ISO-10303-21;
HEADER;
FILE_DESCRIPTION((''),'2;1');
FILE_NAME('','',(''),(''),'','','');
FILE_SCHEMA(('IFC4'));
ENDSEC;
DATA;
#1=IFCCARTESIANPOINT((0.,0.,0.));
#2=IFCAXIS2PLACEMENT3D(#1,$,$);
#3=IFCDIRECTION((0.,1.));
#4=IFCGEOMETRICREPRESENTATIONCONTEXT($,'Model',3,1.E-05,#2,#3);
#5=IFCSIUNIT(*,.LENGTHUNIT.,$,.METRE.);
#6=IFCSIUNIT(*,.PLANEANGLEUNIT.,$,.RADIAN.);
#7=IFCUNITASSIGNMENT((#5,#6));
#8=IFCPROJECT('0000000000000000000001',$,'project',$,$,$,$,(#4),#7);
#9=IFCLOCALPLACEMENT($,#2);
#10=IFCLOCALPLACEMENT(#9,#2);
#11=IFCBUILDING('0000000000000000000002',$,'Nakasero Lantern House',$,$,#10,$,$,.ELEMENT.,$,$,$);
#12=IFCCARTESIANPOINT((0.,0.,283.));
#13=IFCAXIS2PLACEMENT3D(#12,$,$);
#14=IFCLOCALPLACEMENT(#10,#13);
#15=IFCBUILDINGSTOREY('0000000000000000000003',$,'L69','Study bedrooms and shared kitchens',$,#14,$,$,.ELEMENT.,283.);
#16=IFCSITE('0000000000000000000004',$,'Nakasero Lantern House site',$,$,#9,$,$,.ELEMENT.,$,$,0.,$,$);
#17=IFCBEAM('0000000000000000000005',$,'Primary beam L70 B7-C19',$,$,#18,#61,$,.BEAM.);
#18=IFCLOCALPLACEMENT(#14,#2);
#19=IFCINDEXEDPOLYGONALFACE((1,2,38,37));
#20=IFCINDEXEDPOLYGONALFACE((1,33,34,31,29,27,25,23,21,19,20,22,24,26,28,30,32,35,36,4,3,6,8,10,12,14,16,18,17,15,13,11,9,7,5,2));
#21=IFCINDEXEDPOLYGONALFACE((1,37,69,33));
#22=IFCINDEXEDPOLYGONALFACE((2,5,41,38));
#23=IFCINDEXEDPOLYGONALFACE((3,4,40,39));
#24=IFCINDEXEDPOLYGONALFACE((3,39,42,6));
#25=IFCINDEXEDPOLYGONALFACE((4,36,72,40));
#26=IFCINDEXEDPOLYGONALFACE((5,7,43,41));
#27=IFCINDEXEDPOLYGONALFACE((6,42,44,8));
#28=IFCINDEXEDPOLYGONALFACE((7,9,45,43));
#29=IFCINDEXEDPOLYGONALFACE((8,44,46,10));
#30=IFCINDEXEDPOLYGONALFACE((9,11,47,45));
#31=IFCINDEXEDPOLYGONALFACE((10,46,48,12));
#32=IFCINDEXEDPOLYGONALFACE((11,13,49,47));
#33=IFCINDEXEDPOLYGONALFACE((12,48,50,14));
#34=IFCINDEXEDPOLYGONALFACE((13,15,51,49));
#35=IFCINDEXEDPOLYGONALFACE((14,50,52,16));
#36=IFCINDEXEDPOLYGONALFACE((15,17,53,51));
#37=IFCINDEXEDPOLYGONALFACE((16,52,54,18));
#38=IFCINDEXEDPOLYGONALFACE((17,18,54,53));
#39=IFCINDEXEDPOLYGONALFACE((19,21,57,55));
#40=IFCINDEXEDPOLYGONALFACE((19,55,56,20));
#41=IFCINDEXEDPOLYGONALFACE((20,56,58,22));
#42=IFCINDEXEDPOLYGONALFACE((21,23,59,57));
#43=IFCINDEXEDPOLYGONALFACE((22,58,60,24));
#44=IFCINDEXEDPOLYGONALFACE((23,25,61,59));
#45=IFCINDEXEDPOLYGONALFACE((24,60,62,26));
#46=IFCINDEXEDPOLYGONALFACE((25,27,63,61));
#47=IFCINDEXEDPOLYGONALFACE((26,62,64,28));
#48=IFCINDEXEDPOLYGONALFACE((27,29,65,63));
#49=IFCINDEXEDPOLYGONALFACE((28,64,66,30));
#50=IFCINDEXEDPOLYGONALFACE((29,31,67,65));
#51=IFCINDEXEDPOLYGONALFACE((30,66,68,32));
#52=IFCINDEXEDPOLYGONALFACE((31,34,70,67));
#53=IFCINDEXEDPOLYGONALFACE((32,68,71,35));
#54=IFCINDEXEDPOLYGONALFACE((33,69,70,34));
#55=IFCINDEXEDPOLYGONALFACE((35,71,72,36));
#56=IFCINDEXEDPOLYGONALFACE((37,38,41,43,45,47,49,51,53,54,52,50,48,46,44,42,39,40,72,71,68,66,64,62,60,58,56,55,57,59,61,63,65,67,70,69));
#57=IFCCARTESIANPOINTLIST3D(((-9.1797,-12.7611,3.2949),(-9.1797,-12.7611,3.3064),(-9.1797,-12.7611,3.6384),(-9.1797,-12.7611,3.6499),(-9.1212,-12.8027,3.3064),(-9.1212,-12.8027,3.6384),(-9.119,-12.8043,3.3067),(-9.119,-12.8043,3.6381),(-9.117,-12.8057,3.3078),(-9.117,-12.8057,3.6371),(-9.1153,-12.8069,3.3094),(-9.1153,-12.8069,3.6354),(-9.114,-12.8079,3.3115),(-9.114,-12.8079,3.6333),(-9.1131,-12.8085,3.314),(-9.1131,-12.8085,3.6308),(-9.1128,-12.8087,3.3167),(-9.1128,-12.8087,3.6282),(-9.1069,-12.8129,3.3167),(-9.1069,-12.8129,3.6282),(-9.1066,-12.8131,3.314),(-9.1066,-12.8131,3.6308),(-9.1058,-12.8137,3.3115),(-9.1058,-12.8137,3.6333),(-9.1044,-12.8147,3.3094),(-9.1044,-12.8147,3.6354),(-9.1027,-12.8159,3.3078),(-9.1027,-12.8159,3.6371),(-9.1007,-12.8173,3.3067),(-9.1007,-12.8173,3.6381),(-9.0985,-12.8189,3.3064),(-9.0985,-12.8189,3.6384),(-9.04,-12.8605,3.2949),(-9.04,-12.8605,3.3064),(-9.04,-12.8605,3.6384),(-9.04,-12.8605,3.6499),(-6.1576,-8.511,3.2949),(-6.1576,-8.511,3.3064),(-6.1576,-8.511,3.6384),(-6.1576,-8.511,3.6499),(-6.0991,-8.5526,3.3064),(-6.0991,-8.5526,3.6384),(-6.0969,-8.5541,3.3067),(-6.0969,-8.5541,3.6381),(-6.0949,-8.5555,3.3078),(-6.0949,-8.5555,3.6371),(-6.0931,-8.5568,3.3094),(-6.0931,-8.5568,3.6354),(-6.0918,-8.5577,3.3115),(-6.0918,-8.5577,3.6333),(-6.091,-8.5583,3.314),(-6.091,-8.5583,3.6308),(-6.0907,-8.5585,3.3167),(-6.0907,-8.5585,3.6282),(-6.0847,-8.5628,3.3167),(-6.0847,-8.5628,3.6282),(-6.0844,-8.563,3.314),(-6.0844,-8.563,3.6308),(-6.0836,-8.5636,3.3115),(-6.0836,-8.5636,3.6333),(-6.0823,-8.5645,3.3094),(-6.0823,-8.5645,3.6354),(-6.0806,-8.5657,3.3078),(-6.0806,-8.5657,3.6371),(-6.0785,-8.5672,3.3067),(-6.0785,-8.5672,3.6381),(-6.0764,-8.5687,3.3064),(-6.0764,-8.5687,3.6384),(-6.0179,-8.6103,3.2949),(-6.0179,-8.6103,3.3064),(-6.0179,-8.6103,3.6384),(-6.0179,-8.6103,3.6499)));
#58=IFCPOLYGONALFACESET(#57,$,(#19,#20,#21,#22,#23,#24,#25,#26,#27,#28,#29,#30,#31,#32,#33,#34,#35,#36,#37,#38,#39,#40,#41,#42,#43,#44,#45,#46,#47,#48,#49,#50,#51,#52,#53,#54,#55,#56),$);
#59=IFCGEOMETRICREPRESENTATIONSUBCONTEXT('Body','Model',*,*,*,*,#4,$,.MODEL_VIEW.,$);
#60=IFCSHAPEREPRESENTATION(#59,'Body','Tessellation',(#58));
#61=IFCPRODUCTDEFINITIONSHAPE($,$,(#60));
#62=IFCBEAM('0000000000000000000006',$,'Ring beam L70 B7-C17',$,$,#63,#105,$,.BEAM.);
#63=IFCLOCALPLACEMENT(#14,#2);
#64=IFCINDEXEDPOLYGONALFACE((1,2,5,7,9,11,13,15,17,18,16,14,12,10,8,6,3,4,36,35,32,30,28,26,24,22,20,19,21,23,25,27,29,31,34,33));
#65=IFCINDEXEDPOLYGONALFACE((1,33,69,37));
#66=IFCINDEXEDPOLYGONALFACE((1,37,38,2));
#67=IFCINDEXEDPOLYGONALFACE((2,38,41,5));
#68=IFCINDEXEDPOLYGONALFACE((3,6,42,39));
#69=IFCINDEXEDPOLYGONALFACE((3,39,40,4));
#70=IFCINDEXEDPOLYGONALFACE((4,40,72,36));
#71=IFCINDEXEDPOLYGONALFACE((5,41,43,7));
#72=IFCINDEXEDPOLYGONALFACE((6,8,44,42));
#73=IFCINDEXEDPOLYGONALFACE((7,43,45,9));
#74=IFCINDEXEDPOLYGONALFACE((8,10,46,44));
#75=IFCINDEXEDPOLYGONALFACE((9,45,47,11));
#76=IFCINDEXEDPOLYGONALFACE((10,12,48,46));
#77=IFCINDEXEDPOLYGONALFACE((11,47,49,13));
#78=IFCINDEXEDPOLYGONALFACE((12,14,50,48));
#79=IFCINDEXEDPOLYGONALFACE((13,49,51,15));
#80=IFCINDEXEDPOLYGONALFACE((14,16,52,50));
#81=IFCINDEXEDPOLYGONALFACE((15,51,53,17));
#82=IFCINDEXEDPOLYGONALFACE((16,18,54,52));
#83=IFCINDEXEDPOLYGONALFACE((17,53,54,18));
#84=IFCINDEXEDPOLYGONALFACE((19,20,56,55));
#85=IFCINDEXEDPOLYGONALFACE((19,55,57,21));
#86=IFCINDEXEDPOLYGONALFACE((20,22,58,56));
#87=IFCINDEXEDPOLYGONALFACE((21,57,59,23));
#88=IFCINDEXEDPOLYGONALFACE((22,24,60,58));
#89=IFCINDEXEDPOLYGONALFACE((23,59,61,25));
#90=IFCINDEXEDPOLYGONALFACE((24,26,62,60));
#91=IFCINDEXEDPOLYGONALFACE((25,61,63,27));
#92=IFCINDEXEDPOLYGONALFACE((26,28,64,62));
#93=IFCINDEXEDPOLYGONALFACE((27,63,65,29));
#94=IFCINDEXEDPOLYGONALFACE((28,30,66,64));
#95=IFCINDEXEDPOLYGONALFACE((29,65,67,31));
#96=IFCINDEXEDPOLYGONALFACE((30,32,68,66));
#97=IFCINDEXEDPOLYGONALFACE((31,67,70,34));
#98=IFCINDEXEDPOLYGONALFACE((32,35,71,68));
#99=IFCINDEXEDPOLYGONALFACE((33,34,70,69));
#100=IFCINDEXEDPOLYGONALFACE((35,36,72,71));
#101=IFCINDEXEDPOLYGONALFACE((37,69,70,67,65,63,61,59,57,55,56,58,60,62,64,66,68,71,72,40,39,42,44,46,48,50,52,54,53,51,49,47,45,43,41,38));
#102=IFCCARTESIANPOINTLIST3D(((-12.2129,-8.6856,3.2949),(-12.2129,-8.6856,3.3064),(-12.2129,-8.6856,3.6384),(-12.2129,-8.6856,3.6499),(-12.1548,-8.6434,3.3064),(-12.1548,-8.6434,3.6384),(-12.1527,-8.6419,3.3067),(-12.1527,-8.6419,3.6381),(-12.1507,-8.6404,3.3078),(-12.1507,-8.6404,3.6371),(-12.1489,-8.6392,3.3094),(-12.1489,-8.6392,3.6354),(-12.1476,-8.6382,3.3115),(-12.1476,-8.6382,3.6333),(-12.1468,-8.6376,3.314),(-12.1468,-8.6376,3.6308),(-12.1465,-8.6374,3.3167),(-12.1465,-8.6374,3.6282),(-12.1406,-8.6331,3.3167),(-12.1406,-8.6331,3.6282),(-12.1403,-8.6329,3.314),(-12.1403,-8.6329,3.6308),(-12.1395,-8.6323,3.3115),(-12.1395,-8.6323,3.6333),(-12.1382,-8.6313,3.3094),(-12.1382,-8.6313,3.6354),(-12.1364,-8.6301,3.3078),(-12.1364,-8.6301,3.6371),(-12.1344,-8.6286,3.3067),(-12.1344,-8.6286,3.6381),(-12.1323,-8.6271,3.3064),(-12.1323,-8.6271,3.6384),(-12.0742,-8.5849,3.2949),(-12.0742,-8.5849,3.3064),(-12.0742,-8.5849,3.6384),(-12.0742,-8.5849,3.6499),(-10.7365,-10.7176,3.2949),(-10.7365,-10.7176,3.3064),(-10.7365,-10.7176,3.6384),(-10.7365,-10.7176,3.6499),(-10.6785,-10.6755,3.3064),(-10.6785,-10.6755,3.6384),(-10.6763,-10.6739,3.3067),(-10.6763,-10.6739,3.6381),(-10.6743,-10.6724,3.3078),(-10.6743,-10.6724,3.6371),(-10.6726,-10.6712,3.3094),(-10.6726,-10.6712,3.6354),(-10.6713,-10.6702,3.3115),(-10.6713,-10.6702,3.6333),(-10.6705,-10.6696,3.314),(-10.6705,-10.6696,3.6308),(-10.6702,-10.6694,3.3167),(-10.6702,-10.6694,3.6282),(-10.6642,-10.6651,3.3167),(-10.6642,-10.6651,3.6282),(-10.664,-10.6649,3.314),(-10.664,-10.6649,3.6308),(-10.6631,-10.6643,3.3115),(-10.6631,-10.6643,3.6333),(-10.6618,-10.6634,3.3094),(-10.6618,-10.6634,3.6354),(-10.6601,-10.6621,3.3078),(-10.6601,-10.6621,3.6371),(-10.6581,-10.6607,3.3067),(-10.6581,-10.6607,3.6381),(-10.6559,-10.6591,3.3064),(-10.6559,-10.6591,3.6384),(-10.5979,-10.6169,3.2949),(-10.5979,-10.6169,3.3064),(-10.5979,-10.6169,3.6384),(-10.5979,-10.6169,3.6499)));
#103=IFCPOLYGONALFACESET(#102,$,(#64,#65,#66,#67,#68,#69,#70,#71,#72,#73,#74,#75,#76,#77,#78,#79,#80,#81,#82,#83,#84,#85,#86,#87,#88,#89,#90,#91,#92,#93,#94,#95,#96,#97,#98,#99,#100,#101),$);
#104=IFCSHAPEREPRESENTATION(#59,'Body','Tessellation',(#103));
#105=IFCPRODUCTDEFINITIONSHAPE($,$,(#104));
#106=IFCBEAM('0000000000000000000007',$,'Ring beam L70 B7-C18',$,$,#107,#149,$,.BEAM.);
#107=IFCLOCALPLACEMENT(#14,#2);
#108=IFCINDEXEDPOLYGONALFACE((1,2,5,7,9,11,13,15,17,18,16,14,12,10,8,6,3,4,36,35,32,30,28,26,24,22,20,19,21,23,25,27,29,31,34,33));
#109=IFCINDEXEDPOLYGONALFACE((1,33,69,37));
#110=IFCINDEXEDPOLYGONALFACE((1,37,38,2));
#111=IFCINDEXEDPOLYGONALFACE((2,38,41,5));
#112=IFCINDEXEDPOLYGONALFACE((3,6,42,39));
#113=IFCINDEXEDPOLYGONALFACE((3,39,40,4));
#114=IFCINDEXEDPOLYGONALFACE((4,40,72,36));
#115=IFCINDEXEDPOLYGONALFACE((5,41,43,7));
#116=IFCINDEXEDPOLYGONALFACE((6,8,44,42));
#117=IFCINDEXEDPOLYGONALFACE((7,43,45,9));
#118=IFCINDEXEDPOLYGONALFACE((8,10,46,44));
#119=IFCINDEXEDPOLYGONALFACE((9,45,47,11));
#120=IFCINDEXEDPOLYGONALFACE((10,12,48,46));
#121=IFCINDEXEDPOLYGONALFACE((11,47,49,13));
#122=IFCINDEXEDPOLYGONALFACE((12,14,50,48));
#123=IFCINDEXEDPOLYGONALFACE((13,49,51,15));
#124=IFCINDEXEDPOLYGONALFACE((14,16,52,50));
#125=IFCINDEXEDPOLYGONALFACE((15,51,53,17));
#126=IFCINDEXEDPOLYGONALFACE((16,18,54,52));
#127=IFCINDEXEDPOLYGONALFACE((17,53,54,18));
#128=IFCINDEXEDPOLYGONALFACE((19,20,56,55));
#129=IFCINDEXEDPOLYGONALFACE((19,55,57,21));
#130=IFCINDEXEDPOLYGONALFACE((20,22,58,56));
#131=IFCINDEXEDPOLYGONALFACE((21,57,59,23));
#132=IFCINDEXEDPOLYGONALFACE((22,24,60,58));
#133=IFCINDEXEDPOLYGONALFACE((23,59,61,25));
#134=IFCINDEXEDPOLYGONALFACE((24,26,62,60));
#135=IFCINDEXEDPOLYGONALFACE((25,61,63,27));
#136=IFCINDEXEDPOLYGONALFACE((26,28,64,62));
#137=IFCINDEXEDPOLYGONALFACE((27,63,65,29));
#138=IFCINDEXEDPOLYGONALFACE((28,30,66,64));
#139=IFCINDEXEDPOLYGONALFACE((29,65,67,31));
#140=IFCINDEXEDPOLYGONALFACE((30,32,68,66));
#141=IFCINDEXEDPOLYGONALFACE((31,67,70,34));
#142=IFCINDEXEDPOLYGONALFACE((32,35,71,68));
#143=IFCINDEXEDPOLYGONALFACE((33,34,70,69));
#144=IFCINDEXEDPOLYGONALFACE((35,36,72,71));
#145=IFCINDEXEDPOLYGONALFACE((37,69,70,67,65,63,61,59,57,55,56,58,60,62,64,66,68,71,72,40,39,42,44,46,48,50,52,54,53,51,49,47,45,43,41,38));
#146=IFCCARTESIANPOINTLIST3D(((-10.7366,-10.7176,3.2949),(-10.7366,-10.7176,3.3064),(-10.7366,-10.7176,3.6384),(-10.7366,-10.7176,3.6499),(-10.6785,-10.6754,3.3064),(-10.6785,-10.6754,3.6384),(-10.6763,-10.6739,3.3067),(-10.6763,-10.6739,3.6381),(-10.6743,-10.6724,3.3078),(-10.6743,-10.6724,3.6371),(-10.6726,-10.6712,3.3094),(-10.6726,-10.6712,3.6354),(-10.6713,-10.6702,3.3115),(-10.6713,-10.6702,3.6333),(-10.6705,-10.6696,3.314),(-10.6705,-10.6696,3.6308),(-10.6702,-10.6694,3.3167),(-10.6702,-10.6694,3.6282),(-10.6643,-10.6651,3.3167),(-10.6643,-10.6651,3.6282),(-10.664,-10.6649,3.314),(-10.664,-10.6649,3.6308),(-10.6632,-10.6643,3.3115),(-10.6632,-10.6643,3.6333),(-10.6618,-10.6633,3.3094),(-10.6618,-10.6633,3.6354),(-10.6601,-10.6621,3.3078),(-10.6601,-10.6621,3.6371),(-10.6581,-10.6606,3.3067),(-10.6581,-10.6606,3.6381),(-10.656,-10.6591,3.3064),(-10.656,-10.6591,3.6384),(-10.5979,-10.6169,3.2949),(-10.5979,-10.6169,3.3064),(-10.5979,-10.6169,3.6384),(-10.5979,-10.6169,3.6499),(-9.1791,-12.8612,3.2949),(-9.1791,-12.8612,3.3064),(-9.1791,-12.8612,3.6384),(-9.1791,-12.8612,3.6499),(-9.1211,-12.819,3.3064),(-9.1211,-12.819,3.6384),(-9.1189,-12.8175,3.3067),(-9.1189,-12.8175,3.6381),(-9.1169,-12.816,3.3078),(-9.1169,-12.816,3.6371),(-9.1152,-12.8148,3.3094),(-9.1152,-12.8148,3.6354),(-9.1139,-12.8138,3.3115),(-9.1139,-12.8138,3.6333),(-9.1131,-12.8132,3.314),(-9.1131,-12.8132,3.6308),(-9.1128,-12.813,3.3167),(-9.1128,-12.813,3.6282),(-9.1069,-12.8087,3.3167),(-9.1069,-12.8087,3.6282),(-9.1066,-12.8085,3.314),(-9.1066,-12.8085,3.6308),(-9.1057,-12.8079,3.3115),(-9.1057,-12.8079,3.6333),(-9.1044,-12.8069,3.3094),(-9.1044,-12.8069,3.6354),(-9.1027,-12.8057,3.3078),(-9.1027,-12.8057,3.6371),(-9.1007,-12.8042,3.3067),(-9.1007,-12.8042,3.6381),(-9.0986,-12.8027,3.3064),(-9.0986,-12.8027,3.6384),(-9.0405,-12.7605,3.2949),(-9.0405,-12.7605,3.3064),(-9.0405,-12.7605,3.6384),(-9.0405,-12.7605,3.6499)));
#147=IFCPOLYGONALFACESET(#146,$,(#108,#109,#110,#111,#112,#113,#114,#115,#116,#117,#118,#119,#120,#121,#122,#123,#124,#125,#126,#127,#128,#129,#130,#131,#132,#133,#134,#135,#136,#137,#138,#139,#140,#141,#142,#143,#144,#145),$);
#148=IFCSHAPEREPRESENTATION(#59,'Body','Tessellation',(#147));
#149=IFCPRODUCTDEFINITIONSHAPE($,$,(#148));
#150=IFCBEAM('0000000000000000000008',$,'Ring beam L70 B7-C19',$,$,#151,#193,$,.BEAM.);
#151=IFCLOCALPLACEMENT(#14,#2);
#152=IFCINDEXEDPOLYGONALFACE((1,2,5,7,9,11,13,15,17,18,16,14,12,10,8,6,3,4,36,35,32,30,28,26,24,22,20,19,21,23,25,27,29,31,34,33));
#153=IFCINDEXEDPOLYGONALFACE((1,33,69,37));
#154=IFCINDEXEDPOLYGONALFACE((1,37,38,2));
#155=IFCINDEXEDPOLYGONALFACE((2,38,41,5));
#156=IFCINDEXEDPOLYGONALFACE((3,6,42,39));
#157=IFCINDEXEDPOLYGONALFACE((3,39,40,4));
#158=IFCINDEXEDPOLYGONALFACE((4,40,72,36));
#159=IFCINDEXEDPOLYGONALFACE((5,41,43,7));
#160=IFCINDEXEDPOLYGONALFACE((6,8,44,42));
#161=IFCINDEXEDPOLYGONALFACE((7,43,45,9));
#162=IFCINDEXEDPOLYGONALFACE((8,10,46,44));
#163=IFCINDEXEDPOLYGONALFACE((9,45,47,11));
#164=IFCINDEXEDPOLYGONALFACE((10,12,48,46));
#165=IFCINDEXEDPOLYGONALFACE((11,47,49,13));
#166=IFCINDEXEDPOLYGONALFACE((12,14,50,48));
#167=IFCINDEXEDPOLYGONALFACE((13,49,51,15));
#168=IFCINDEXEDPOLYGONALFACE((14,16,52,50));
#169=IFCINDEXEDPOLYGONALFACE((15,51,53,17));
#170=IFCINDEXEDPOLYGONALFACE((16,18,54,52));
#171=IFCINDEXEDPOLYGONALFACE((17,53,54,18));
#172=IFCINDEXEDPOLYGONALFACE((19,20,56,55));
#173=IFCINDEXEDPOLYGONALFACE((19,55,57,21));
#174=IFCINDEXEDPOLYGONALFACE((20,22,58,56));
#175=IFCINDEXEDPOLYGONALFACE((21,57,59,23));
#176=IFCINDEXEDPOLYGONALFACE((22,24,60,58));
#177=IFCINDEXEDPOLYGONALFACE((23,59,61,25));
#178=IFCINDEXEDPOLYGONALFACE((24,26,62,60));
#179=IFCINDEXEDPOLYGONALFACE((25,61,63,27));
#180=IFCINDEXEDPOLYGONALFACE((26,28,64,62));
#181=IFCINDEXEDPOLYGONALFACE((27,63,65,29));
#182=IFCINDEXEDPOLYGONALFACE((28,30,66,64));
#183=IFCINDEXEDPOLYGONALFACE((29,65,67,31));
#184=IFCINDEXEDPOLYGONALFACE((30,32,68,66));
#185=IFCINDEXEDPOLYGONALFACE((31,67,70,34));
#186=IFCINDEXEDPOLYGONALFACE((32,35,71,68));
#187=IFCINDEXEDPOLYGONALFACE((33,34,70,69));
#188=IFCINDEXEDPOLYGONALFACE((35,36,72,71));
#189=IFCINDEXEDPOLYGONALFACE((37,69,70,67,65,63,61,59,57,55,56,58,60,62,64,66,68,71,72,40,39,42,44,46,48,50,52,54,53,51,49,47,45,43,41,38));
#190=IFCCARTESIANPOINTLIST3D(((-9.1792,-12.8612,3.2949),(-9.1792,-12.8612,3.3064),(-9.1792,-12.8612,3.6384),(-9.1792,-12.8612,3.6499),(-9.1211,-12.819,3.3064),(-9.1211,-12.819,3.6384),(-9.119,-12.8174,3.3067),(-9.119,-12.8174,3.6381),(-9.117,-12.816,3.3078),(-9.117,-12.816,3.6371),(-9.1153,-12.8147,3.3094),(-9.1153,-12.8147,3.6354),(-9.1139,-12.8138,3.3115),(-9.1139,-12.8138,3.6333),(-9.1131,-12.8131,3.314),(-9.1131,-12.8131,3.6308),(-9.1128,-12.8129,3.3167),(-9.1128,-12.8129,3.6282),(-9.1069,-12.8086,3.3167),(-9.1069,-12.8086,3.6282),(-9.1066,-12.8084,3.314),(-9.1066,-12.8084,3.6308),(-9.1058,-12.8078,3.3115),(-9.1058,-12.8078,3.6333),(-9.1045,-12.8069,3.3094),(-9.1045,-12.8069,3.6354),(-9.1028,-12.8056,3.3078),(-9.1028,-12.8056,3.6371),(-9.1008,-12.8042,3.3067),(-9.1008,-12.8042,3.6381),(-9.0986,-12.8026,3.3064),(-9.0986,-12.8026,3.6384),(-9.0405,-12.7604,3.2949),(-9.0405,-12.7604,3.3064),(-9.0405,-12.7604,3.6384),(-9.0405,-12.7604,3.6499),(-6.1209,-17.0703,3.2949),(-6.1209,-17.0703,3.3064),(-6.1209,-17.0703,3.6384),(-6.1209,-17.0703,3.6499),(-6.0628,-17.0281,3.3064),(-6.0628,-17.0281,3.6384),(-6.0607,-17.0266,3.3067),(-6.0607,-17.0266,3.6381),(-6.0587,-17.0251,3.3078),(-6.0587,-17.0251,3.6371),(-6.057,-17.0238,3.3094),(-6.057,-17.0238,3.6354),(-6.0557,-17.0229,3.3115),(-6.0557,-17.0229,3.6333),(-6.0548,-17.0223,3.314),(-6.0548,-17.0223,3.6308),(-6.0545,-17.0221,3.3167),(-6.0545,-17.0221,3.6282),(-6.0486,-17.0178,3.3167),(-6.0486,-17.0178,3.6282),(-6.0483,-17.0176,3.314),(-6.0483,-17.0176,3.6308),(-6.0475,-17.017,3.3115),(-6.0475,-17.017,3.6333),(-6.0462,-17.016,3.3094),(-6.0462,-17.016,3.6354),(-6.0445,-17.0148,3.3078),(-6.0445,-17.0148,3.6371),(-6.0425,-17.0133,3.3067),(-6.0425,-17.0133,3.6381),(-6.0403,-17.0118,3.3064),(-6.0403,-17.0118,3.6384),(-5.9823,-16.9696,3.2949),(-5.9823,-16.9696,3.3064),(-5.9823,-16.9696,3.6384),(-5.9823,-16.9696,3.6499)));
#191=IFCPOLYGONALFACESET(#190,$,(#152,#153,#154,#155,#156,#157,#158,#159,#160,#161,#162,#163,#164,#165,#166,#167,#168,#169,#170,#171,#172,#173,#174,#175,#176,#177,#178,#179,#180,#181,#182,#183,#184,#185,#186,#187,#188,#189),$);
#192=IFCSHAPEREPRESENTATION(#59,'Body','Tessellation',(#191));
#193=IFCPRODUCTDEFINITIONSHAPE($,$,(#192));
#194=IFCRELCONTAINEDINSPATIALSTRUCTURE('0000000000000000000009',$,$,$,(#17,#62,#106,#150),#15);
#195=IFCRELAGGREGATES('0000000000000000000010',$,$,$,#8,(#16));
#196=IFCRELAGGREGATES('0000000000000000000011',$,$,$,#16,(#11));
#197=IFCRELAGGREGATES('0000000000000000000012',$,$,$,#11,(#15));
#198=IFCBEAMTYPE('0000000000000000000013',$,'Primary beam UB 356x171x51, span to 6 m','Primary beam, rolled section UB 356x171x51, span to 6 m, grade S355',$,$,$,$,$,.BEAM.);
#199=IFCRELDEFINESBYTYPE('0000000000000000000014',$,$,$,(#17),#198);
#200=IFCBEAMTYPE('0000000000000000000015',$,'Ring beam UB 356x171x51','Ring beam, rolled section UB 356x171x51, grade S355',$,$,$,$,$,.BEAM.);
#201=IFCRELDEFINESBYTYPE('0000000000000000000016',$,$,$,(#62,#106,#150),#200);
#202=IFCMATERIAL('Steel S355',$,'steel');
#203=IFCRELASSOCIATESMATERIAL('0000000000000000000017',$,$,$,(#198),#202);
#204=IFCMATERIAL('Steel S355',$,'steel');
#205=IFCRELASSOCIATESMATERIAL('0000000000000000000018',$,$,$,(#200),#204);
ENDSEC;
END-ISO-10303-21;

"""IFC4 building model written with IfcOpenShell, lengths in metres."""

from ifc_helpers import new_model, si_unit, direction, frame, origin, origin_2d, place, context, subcontext, project, spatial, i_section, extrude, material, material_profile, profile_set, type_object, element, save


model = new_model("IFC4")

# Units and contexts
model_context = context("Model", 3, precision=1e-05, world=origin(), true_north=direction((0.0, 1.0)))
body_context = subcontext(model_context, "Body", "Model", "MODEL_VIEW")
ifc_project = project(units=[si_unit("LENGTHUNIT", "METRE"), si_unit("PLANEANGLEUNIT", "RADIAN")], contexts=[model_context])

# Site, building, storey
site_placement = place(None, origin())
site = spatial("IfcSite", under=ifc_project, at=site_placement, Name="Nakasero Lantern House site", CompositionType="ELEMENT", RefElevation=0.0)
building_placement = place(site_placement, origin())
building = spatial("IfcBuilding", under=site, at=building_placement, Name="Nakasero Lantern House", CompositionType="ELEMENT")
storey_placement = place(building_placement, frame((0.0, 0.0, 283.0)))
storey = spatial("IfcBuildingStorey", under=building, at=storey_placement, Name="L69", Description="Study bedrooms and shared kitchens", CompositionType="ELEMENT", Elevation=283.0)

# Beams
ifc_material_1 = material(Name="Steel S355", Category="steel")
ifc_material_profile_1 = material_profile(ifc_material_1, i_section(OverallWidth=0.1714, OverallDepth=0.355, WebThickness=0.0073, FlangeThickness=0.0115, FilletRadius=0.0103, at=origin_2d()), Name="UB 356x171x51")
ifc_profile_set_1 = profile_set([ifc_material_profile_1], Name="Steel S355")
beam_type_1 = type_object("IfcBeamType", Name="Primary beam UB 356x171x51, span to 6 m", Description="Primary beam, rolled section UB 356x171x51, span to 6 m, grade S355", PredefinedType="BEAM", material=ifc_profile_set_1)
beam_1_placement = place(storey_placement, frame((-9.1099, -12.8108, 3.4724), z_axis=(0.579501, 0.814972, 0.0), x_axis=(-0.814972, 0.579501, 0.0)))
element("IfcBeam", 1, at=beam_1_placement, inside=storey, type_object=beam_type_1, Name="Primary beam L70 B7-C19", PredefinedType="BEAM", context=body_context, shape_type="SweptSolid", body=[
    extrude(i_section(OverallWidth=0.1714, OverallDepth=0.355, WebThickness=0.0073, FlangeThickness=0.0115, FilletRadius=0.0103, at=origin_2d()), origin(), (0.0, 0.0, 1.0), 5.2151),
])
ifc_material_2 = material(Name="Steel S355", Category="steel")
ifc_material_profile_2 = material_profile(ifc_material_2, i_section(OverallWidth=0.1714, OverallDepth=0.355, WebThickness=0.0073, FlangeThickness=0.0115, FilletRadius=0.0103, at=origin_2d()), Name="UB 356x171x51")
ifc_profile_set_2 = profile_set([ifc_material_profile_2], Name="Steel S355")
beam_type_2 = type_object("IfcBeamType", Name="Ring beam UB 356x171x51", Description="Ring beam, rolled section UB 356x171x51, grade S355", PredefinedType="BEAM", material=ifc_profile_set_2)
beam_2_placement = place(storey_placement, frame((-12.1436, -8.6353, 3.4724), z_axis=(0.587784, -0.809018, 0.0), x_axis=(0.809018, 0.587784, 0.0)))
element("IfcBeam", 2, at=beam_2_placement, inside=storey, type_object=beam_type_2, Name="Ring beam L70 B7-C17", PredefinedType="BEAM", context=body_context, shape_type="SweptSolid", body=[
    extrude(i_section(OverallWidth=0.1714, OverallDepth=0.355, WebThickness=0.0073, FlangeThickness=0.0115, FilletRadius=0.0103, at=origin_2d()), origin(), (0.0, 0.0, 1.0), 2.5117),
])
beam_3_placement = place(storey_placement, frame((-10.6672, -10.6672, 3.4724), z_axis=(0.587783, -0.809019, 0.0), x_axis=(0.809019, 0.587783, 0.0)))
element("IfcBeam", 3, at=beam_3_placement, inside=storey, type_object=beam_type_2, Name="Ring beam L70 B7-C18", PredefinedType="BEAM", context=body_context, shape_type="SweptSolid", body=[
    extrude(i_section(OverallWidth=0.1714, OverallDepth=0.355, WebThickness=0.0073, FlangeThickness=0.0115, FilletRadius=0.0103, at=origin_2d()), origin(), (0.0, 0.0, 1.0), 2.6497),
])
beam_4_placement = place(storey_placement, frame((-9.1099, -12.8108, 3.4724), z_axis=(0.587806, -0.809002, 0.0), x_axis=(0.809002, 0.587806, 0.0)))
element("IfcBeam", 4, at=beam_4_placement, inside=storey, type_object=beam_type_2, Name="Ring beam L70 B7-C19", PredefinedType="BEAM", context=body_context, shape_type="SweptSolid", body=[
    extrude(i_section(OverallWidth=0.1714, OverallDepth=0.355, WebThickness=0.0073, FlangeThickness=0.0115, FilletRadius=0.0103, at=origin_2d()), origin(), (0.0, 0.0, 1.0), 5.2029),
])

save(model, "model.ifc")
